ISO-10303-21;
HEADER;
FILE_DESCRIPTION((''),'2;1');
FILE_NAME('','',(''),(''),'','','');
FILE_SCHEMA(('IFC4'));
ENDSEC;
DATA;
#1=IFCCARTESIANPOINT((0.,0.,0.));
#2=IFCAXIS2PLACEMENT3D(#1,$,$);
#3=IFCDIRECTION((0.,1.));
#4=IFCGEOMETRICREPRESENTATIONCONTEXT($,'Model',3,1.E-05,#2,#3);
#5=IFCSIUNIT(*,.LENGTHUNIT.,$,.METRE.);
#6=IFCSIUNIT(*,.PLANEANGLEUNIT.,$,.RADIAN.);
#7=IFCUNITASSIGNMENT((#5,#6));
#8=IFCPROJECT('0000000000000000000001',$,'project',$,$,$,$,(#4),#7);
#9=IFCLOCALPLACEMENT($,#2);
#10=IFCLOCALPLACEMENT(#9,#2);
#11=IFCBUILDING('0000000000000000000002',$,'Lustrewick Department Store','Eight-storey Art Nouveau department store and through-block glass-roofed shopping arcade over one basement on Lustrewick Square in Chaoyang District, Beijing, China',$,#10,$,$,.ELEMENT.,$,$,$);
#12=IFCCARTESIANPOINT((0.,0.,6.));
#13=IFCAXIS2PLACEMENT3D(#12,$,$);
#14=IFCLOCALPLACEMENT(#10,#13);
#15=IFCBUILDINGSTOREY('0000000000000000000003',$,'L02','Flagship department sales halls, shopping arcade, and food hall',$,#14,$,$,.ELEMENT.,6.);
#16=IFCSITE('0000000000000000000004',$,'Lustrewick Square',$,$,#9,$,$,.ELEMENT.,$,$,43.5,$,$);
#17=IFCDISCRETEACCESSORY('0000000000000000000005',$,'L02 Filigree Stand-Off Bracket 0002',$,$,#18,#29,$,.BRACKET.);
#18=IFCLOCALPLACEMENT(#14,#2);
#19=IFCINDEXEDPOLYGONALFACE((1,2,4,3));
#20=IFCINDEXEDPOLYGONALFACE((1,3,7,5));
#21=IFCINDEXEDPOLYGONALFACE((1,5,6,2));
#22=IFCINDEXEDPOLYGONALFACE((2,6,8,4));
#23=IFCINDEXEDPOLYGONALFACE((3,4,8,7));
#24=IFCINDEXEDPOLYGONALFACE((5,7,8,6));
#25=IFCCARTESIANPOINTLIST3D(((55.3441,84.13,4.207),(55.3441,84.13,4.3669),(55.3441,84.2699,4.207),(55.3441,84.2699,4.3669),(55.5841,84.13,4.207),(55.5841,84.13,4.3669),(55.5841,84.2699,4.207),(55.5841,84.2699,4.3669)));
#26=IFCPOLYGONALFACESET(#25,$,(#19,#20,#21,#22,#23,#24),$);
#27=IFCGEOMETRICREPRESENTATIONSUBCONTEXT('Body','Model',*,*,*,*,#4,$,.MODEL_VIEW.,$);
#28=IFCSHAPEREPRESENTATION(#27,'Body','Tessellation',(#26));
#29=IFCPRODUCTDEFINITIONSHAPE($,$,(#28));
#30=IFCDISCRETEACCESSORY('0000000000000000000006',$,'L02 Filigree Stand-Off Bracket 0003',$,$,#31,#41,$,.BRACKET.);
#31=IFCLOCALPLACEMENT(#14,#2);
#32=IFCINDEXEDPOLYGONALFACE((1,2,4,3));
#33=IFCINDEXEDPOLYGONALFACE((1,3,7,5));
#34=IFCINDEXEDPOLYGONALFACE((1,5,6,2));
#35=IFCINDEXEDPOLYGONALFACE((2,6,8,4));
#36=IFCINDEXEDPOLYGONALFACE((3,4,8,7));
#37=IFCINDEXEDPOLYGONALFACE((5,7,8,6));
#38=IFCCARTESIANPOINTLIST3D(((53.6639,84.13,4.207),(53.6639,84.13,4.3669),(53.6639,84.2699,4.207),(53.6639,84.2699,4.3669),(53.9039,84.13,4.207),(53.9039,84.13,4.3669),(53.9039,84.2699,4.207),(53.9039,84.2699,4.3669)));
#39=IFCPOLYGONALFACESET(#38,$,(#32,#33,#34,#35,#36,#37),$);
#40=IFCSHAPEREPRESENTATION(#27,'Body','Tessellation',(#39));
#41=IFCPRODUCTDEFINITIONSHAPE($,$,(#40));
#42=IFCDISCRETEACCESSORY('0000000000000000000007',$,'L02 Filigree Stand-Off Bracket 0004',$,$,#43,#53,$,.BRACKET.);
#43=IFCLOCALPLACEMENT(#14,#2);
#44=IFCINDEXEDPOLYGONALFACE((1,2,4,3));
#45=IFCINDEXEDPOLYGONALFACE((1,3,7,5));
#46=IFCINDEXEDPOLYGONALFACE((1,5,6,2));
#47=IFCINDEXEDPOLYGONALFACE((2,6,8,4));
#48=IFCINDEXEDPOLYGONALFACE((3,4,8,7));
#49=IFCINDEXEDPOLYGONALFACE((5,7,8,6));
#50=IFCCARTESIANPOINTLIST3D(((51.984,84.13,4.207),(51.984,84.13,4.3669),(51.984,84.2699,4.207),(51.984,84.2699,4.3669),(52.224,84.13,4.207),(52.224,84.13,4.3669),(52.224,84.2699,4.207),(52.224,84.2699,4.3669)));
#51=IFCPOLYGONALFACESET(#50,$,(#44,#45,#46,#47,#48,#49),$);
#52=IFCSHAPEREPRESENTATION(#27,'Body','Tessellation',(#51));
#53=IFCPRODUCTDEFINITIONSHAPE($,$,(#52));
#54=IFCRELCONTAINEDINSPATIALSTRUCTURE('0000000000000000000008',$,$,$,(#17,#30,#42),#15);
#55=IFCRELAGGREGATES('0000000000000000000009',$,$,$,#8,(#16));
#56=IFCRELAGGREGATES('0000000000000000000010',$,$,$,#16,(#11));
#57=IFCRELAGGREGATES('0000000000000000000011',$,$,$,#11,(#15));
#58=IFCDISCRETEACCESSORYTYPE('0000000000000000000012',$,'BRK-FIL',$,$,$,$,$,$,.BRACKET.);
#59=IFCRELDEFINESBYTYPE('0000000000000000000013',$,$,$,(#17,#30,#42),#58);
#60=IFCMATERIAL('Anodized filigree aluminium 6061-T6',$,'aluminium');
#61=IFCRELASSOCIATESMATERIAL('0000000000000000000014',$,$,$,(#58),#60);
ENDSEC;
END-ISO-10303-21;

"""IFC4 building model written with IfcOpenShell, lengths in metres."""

from ifc_helpers import new_model, si_unit, direction, frame, origin, origin_2d, place, context, subcontext, project, spatial, rectangle, extrude, material, type_object, element, save


model = new_model("IFC4")

# Units and contexts
model_context = context("Model", 3, precision=1e-05, world=origin(), true_north=direction((0.0, 1.0)))
body_context = subcontext(model_context, "Body", "Model", "MODEL_VIEW")
ifc_project = project(units=[si_unit("LENGTHUNIT", "METRE"), si_unit("PLANEANGLEUNIT", "RADIAN")], contexts=[model_context])

# Site, building, storey
site_placement = place(None, origin())
site = spatial("IfcSite", under=ifc_project, at=site_placement, Name="Lustrewick Square", CompositionType="ELEMENT", RefElevation=43.5)
building_placement = place(site_placement, origin())
building = spatial("IfcBuilding", under=site, at=building_placement, Name="Lustrewick Department Store", Description="Eight-storey Art Nouveau department store and through-block glass-roofed shopping arcade over one basement on Lustrewick Square in Chaoyang District, Beijing, China", CompositionType="ELEMENT")
storey_placement = place(building_placement, frame((0.0, 0.0, 6.0)))
storey = spatial("IfcBuildingStorey", under=building, at=storey_placement, Name="L02", Description="Flagship department sales halls, shopping arcade, and food hall", CompositionType="ELEMENT", Elevation=6.0)

# Discrete accessories
ifc_material_1 = material(Name="Anodized filigree aluminium 6061-T6", Category="aluminium")
discrete_accessory_type = type_object("IfcDiscreteAccessoryType", Name="BRK-FIL", PredefinedType="BRACKET", material=ifc_material_1)
for number, where, z_axis, x_axis, name in (
    (1, (55.4641, 84.2, 4.207), (0.0, 0.0, 1.0), (-1.0, 0.0, 0.0), "L02 Filigree Stand-Off Bracket 0002"),
    (2, (53.7839, 84.2, 4.207), (0.0, 0.0, 1.0), (-1.0, 0.0, 0.0), "L02 Filigree Stand-Off Bracket 0003"),
    (3, (52.104, 84.2, 4.207), (0.0, 0.0, 1.0), (-1.0, 0.0, 0.0), "L02 Filigree Stand-Off Bracket 0004"),
):
    element("IfcDiscreteAccessory", number, at=place(storey_placement, frame(where, z_axis=z_axis, x_axis=x_axis)), inside=storey, type_object=discrete_accessory_type, Name=name, PredefinedType="BRACKET", context=body_context, shape_type="SweptSolid", body=[
        extrude(rectangle(XDim=0.24, YDim=0.1399, at=origin_2d()), origin(), (0.0, 0.0, 1.0), 0.1599),
    ])

save(model, "model.ifc")
